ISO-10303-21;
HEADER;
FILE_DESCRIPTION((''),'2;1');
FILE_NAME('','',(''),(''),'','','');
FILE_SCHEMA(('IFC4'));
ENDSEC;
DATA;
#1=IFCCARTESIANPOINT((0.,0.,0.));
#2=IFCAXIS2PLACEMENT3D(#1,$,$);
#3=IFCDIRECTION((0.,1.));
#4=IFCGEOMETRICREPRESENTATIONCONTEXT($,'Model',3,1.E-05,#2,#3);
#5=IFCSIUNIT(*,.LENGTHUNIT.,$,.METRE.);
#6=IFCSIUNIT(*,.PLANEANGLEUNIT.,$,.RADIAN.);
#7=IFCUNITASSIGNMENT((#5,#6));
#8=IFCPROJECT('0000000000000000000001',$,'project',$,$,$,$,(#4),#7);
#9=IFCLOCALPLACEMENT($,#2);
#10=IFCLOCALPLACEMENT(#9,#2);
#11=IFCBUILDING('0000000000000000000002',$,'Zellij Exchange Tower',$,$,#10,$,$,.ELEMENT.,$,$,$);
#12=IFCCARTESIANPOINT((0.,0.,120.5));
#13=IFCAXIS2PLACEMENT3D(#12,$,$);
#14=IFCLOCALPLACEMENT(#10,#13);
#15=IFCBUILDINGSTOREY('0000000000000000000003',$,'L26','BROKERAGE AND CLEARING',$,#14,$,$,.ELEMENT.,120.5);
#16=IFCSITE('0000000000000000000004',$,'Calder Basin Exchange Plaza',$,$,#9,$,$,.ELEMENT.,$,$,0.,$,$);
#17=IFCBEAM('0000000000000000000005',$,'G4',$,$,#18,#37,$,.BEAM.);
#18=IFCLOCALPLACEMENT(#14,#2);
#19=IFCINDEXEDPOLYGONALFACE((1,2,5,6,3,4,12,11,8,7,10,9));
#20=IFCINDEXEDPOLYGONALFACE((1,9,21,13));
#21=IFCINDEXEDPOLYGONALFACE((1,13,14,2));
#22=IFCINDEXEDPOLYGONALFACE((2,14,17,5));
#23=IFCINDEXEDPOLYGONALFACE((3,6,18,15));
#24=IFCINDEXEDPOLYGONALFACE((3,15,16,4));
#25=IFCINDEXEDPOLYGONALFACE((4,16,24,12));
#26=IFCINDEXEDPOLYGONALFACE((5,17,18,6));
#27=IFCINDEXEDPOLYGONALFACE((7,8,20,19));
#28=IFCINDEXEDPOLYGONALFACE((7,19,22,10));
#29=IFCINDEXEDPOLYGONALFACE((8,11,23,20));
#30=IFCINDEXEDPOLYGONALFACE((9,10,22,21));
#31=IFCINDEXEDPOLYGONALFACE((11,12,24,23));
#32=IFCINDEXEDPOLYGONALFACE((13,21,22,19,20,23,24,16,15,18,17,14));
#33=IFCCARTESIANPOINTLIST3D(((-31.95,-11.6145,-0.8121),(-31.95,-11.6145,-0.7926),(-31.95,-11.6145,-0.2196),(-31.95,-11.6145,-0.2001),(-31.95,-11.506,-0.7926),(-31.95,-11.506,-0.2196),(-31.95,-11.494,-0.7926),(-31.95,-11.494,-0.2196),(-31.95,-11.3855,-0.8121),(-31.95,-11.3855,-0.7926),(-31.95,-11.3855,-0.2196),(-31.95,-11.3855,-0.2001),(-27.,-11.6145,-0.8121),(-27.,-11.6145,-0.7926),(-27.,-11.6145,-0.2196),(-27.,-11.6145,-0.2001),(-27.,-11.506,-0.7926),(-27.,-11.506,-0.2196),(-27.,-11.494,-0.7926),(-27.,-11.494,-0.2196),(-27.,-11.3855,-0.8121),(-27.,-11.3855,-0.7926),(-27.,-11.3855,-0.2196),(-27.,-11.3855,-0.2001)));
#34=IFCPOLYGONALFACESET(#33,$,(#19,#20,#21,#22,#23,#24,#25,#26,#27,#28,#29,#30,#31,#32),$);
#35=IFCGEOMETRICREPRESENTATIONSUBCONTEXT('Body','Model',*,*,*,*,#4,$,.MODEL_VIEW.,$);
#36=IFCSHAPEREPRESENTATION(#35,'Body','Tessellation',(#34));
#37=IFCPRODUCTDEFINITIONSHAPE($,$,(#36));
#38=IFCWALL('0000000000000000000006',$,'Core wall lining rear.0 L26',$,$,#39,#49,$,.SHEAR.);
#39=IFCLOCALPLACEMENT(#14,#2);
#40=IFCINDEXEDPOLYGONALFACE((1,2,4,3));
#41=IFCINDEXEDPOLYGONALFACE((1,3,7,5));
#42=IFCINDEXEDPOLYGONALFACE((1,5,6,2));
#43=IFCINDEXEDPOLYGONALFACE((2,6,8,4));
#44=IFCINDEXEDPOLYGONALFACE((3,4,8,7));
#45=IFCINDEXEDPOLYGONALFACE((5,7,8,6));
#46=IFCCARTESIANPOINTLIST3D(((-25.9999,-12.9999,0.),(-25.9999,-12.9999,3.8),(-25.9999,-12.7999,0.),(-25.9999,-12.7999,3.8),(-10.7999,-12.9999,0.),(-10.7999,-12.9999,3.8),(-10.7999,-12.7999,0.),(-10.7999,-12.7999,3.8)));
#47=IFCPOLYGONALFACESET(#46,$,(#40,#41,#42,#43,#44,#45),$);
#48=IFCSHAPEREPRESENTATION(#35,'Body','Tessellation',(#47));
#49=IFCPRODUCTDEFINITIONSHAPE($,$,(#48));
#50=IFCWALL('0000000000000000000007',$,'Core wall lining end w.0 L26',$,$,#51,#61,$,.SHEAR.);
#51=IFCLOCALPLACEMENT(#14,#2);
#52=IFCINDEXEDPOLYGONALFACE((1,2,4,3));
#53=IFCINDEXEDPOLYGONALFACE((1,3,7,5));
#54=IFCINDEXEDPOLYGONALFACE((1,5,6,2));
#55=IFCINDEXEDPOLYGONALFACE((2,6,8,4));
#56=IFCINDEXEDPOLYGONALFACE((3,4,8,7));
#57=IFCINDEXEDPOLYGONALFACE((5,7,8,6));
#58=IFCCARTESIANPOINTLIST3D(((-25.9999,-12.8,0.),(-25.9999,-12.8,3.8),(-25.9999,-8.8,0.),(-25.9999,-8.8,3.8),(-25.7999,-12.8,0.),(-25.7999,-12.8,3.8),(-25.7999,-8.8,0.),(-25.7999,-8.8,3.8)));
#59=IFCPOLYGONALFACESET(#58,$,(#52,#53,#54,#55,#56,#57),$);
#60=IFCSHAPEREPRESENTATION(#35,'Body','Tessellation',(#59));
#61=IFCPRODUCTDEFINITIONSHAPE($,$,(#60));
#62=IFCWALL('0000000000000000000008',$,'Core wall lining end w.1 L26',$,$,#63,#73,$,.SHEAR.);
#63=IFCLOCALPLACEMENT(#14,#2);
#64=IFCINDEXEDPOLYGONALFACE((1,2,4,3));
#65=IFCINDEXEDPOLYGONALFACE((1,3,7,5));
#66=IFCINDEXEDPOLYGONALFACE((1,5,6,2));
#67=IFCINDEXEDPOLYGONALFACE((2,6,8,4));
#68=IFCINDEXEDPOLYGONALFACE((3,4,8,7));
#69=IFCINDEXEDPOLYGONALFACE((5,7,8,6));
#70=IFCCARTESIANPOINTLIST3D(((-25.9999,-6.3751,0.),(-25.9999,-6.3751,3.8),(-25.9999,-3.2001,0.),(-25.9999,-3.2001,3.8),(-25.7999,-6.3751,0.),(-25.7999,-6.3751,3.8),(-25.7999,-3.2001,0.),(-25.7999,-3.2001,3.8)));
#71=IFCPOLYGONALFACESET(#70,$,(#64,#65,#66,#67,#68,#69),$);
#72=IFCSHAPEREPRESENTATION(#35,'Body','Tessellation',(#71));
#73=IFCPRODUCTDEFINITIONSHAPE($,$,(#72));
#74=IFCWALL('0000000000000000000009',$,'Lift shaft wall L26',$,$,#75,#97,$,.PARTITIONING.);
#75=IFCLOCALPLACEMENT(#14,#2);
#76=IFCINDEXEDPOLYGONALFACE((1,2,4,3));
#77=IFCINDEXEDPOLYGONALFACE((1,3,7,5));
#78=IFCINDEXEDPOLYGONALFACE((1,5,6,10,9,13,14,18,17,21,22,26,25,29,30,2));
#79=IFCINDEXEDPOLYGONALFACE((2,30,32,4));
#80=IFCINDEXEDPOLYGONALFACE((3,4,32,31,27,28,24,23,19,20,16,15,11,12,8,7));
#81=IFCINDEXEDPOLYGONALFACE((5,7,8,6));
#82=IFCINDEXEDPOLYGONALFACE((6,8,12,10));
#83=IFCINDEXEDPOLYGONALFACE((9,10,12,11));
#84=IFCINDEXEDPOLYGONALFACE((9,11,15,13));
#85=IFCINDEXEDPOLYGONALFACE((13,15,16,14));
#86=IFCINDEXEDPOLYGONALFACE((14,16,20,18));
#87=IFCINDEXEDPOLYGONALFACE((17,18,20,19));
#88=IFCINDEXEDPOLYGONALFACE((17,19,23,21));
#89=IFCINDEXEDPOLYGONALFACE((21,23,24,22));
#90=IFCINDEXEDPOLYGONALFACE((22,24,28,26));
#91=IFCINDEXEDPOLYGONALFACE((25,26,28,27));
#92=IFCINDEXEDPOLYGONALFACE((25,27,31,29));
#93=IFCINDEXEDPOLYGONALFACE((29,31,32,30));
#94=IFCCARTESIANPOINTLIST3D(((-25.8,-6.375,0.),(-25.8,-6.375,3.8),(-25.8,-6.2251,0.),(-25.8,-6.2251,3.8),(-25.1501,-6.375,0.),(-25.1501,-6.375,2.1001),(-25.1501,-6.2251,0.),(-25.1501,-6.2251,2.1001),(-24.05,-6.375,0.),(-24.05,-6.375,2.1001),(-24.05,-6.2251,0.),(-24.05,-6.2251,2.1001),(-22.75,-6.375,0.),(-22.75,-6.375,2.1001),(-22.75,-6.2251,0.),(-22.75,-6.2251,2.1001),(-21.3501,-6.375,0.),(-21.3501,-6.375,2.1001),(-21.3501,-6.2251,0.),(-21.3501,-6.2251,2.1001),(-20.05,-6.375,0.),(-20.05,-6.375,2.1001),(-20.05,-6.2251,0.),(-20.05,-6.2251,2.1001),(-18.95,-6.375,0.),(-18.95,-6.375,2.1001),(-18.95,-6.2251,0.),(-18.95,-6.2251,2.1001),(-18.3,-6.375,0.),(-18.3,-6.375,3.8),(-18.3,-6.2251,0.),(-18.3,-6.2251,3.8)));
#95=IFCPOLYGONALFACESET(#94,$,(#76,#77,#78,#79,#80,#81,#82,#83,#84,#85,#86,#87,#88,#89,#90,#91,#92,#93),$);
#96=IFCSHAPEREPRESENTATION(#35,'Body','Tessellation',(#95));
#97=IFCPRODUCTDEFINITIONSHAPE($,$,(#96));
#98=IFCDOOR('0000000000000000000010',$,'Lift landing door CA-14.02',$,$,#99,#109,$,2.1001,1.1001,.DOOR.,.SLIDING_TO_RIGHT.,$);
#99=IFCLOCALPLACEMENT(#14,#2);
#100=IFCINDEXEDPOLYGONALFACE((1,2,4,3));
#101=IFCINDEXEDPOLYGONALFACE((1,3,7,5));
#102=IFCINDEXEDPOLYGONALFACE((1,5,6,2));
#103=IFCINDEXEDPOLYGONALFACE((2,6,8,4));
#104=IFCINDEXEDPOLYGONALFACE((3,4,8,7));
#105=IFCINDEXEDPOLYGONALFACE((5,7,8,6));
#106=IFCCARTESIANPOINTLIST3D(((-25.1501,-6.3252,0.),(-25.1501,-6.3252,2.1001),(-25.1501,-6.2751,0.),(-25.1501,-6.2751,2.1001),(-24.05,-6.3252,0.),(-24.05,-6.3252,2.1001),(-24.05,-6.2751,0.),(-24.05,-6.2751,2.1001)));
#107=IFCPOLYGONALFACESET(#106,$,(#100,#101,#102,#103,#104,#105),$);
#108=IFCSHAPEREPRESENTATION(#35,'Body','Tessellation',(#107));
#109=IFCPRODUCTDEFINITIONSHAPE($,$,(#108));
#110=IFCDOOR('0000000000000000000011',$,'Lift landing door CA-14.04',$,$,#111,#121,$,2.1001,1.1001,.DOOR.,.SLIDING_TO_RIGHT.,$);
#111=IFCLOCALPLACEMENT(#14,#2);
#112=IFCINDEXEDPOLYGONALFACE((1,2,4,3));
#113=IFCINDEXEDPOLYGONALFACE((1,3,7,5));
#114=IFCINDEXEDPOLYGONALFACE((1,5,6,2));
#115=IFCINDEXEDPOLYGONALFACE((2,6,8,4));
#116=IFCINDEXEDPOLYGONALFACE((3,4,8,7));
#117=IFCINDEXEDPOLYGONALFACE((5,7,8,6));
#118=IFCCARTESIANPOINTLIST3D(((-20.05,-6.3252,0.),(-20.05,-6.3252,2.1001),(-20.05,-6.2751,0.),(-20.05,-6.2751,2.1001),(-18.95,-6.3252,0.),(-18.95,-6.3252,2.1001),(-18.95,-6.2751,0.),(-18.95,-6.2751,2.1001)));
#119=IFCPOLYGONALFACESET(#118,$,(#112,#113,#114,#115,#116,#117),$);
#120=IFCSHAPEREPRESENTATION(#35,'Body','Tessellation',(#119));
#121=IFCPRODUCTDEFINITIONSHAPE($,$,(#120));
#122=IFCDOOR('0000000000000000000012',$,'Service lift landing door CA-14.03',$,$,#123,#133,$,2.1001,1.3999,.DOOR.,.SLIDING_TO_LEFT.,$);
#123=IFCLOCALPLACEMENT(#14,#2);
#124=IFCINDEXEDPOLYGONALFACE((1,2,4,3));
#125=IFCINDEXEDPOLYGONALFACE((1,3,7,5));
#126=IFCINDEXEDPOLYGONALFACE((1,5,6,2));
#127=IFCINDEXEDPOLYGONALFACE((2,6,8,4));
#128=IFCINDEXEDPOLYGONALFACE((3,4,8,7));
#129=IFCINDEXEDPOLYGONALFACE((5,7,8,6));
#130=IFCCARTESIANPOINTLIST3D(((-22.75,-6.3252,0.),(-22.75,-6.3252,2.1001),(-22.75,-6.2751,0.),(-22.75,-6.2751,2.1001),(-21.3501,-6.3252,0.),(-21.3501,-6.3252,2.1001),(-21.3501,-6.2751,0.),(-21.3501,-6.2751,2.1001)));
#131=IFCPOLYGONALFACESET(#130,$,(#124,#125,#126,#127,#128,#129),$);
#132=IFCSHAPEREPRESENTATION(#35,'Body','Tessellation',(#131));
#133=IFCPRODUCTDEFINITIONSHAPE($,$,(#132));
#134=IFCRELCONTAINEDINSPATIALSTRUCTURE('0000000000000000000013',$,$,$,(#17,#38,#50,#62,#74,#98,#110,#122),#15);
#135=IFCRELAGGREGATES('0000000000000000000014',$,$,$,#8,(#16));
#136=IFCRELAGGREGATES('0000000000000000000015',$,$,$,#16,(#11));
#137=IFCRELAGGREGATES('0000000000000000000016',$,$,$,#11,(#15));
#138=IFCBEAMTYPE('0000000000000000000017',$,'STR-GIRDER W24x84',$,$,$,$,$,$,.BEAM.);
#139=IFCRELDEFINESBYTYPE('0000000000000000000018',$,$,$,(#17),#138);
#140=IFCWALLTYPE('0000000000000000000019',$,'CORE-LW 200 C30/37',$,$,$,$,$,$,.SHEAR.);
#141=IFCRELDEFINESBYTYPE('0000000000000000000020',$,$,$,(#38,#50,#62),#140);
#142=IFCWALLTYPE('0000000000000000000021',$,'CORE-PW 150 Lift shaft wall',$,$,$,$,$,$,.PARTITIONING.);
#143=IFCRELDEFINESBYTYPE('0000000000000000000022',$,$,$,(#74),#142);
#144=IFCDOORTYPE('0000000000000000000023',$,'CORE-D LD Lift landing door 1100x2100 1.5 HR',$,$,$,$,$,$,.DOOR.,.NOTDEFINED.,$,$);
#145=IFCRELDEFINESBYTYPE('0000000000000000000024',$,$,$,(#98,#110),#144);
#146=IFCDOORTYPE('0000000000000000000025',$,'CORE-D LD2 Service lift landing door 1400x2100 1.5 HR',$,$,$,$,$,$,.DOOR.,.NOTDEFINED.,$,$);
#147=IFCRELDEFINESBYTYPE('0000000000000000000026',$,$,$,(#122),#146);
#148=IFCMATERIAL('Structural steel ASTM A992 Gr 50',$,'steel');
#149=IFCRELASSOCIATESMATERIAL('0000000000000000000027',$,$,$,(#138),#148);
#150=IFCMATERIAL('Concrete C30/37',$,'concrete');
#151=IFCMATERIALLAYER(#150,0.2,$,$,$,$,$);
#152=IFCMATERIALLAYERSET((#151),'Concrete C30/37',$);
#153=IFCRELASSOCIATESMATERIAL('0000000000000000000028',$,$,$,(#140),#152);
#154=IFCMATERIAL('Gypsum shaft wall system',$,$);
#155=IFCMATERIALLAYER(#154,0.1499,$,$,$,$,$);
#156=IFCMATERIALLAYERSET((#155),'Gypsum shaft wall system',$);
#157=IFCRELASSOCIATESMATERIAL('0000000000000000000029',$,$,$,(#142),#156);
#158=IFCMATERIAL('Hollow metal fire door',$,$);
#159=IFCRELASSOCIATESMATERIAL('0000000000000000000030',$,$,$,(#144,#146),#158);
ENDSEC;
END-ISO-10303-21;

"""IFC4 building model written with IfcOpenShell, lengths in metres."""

from ifc_helpers import new_model, si_unit, direction, frame, frame_2d, origin, origin_2d, place, context, subcontext, project, spatial, rectangle, i_section, extrude, material, layer, layer_set, material_profile, profile_set, type_object, element, fill, save


model = new_model("IFC4")

# Units and contexts
model_context = context("Model", 3, precision=1e-05, world=origin(), true_north=direction((0.0, 1.0)))
body_context = subcontext(model_context, "Body", "Model", "MODEL_VIEW")
ifc_project = project(units=[si_unit("LENGTHUNIT", "METRE"), si_unit("PLANEANGLEUNIT", "RADIAN")], contexts=[model_context])

# Site, building, storey
site_placement = place(None, origin())
site = spatial("IfcSite", under=ifc_project, at=site_placement, Name="Calder Basin Exchange Plaza", CompositionType="ELEMENT", RefElevation=0.0)
building_placement = place(site_placement, origin())
building = spatial("IfcBuilding", under=site, at=building_placement, Name="Zellij Exchange Tower", CompositionType="ELEMENT")
storey_placement = place(building_placement, frame((0.0, 0.0, 120.5)))
storey = spatial("IfcBuildingStorey", under=building, at=storey_placement, Name="L26", Description="BROKERAGE AND CLEARING", CompositionType="ELEMENT", Elevation=120.5)

# Beam
ifc_material_1 = material(Name="Structural steel ASTM A992 Gr 50", Category="steel")
ifc_material_profile = material_profile(ifc_material_1, i_section(OverallWidth=0.229, OverallDepth=0.6121, WebThickness=0.012, FlangeThickness=0.0195, at=origin_2d()), Name="W24x84")
ifc_profile_set = profile_set([ifc_material_profile], Name="Structural steel ASTM A992 Gr 50")
beam_type = type_object("IfcBeamType", Name="STR-GIRDER W24x84", PredefinedType="BEAM", material=ifc_profile_set)
beam_placement = place(storey_placement, frame((-31.95, -11.5, -0.5061), z_axis=(1.0, 0.0, 0.0), x_axis=(0.0, 1.0, 0.0)))
element("IfcBeam", 1, at=beam_placement, inside=storey, type_object=beam_type, Name="G4", PredefinedType="BEAM", context=body_context, shape_type="SweptSolid", body=[
    extrude(i_section(OverallWidth=0.229, OverallDepth=0.6121, WebThickness=0.012, FlangeThickness=0.0195, at=origin_2d()), origin(), (0.0, 0.0, 1.0), 4.95),
])

# Walls
ifc_material_2 = material(Name="Concrete C30/37", Category="concrete")
ifc_layer_1 = layer(ifc_material_2, 0.2)
ifc_layer_set_1 = layer_set([ifc_layer_1], Name="Concrete C30/37")
wall_type_1 = type_object("IfcWallType", Name="CORE-LW 200 C30/37", PredefinedType="SHEAR", material=ifc_layer_set_1)
wall_1_placement = place(storey_placement, frame((-26.0, -12.8999, 0.0), z_axis=(0.0, 0.0, 1.0), x_axis=(1.0, 0.0, 0.0)))
element("IfcWall", 2, at=wall_1_placement, inside=storey, type_object=wall_type_1, Name="Core wall lining rear.0 L26", PredefinedType="SHEAR", context=body_context, shape_type="SweptSolid", body=[
    extrude(rectangle(XDim=15.2, YDim=0.2, at=frame_2d((7.6001, 0.0))), origin(), (0.0, 0.0, 1.0), 3.8),
])
wall_2_placement = place(storey_placement, frame((-25.8999, -12.8, 0.0), z_axis=(0.0, 0.0, 1.0), x_axis=(0.0, 1.0, 0.0)))
element("IfcWall", 3, at=wall_2_placement, inside=storey, type_object=wall_type_1, Name="Core wall lining end w.0 L26", PredefinedType="SHEAR", context=body_context, shape_type="SweptSolid", body=[
    extrude(rectangle(XDim=4.0, YDim=0.2, at=frame_2d((2.0, 0.0))), origin(), (0.0, 0.0, 1.0), 3.8),
])
wall_3_placement = place(storey_placement, frame((-25.8999, -6.375, 0.0), z_axis=(0.0, 0.0, 1.0), x_axis=(0.0, 1.0, 0.0)))
element("IfcWall", 4, at=wall_3_placement, inside=storey, type_object=wall_type_1, Name="Core wall lining end w.1 L26", PredefinedType="SHEAR", context=body_context, shape_type="SweptSolid", body=[
    extrude(rectangle(XDim=3.175, YDim=0.2, at=frame_2d((1.5874, 0.0))), origin(), (0.0, 0.0, 1.0), 3.8),
])

# Wall, openings, doors
ifc_material_3 = material(Name="Gypsum shaft wall system")
ifc_layer_2 = layer(ifc_material_3, 0.1499)
ifc_layer_set_2 = layer_set([ifc_layer_2], Name="Gypsum shaft wall system")
wall_type_2 = type_object("IfcWallType", Name="CORE-PW 150 Lift shaft wall", PredefinedType="PARTITIONING", material=ifc_layer_set_2)
wall_4_placement = place(storey_placement, frame((-25.8, -6.3, 0.0), z_axis=(0.0, 0.0, 1.0), x_axis=(1.0, 0.0, 0.0)))
wall_4 = element("IfcWall", 5, at=wall_4_placement, inside=storey, type_object=wall_type_2, Name="Lift shaft wall L26", PredefinedType="PARTITIONING", context=body_context, shape_type="SweptSolid", body=[
    extrude(rectangle(XDim=7.5, YDim=0.1499, at=frame_2d((3.75, 0.0))), origin(), (0.0, 0.0, 1.0), 3.8),
])
opening_1_placement = place(wall_4_placement, frame((0.6499, 0.0, 0.0)))
opening_1 = element("IfcOpeningElement", 6, at=opening_1_placement, cuts=wall_4, PredefinedType="OPENING", context=body_context, shape_type="SweptSolid", body=[
    extrude(rectangle(XDim=1.1001, YDim=2.1001, at=frame_2d((0.55, 1.05))), frame((0.0, 0.0869, 0.0), z_axis=(0.0, -1.0, 0.0), x_axis=(1.0, 0.0, 0.0)), (0.0, 0.0, 1.0), 0.1738),
])
opening_2_placement = place(wall_4_placement, frame((3.05, 0.0, 0.0)))
opening_2 = element("IfcOpeningElement", 7, at=opening_2_placement, cuts=wall_4, PredefinedType="OPENING", context=body_context, shape_type="SweptSolid", body=[
    extrude(rectangle(XDim=1.3999, YDim=2.1001, at=frame_2d((0.7, 1.05))), frame((0.0, 0.0869, 0.0), z_axis=(0.0, -1.0, 0.0), x_axis=(1.0, 0.0, 0.0)), (0.0, 0.0, 1.0), 0.1738),
])
opening_3_placement = place(wall_4_placement, frame((5.75, 0.0, 0.0)))
opening_3 = element("IfcOpeningElement", 8, at=opening_3_placement, cuts=wall_4, PredefinedType="OPENING", context=body_context, shape_type="SweptSolid", body=[
    extrude(rectangle(XDim=1.1001, YDim=2.1001, at=frame_2d((0.55, 1.05))), frame((0.0, 0.0869, 0.0), z_axis=(0.0, -1.0, 0.0), x_axis=(1.0, 0.0, 0.0)), (0.0, 0.0, 1.0), 0.1738),
])
ifc_material_4 = material(Name="Hollow metal fire door")
door_type_1 = type_object("IfcDoorType", Name="CORE-D LD Lift landing door 1100x2100 1.5 HR", OperationType="NOTDEFINED", PredefinedType="DOOR", material=ifc_material_4)
door_1_placement = place(opening_1_placement, origin())
door_1 = element("IfcDoor", 9, at=door_1_placement, inside=storey, type_object=door_type_1, Name="Lift landing door CA-14.02", OperationType="SLIDING_TO_RIGHT", OverallHeight=2.1001, OverallWidth=1.1001, PredefinedType="DOOR", context=body_context, shape_type="SweptSolid", body=[
    extrude(rectangle(XDim=1.1001, YDim=2.1001, at=frame_2d((0.55, 1.05))), frame((0.0, 0.0249, 0.0), z_axis=(0.0, -1.0, 0.0), x_axis=(1.0, 0.0, 0.0)), (0.0, 0.0, 1.0), 0.05),
])
fill(opening_1, door_1)
door_2_placement = place(opening_3_placement, origin())
door_2 = element("IfcDoor", 10, at=door_2_placement, inside=storey, type_object=door_type_1, Name="Lift landing door CA-14.04", OperationType="SLIDING_TO_RIGHT", OverallHeight=2.1001, OverallWidth=1.1001, PredefinedType="DOOR", context=body_context, shape_type="SweptSolid", body=[
    extrude(rectangle(XDim=1.1001, YDim=2.1001, at=frame_2d((0.55, 1.05))), frame((0.0, 0.0249, 0.0), z_axis=(0.0, -1.0, 0.0), x_axis=(1.0, 0.0, 0.0)), (0.0, 0.0, 1.0), 0.05),
])
fill(opening_3, door_2)
door_type_2 = type_object("IfcDoorType", Name="CORE-D LD2 Service lift landing door 1400x2100 1.5 HR", OperationType="NOTDEFINED", PredefinedType="DOOR", material=ifc_material_4)
door_3_placement = place(opening_2_placement, origin())
door_3 = element("IfcDoor", 11, at=door_3_placement, inside=storey, type_object=door_type_2, Name="Service lift landing door CA-14.03", OperationType="SLIDING_TO_LEFT", OverallHeight=2.1001, OverallWidth=1.3999, PredefinedType="DOOR", context=body_context, shape_type="SweptSolid", body=[
    extrude(rectangle(XDim=1.3999, YDim=2.1001, at=frame_2d((0.7, 1.05))), frame((0.0, 0.0249, 0.0), z_axis=(0.0, -1.0, 0.0), x_axis=(1.0, 0.0, 0.0)), (0.0, 0.0, 1.0), 0.05),
])
fill(opening_2, door_3)

save(model, "model.ifc")
